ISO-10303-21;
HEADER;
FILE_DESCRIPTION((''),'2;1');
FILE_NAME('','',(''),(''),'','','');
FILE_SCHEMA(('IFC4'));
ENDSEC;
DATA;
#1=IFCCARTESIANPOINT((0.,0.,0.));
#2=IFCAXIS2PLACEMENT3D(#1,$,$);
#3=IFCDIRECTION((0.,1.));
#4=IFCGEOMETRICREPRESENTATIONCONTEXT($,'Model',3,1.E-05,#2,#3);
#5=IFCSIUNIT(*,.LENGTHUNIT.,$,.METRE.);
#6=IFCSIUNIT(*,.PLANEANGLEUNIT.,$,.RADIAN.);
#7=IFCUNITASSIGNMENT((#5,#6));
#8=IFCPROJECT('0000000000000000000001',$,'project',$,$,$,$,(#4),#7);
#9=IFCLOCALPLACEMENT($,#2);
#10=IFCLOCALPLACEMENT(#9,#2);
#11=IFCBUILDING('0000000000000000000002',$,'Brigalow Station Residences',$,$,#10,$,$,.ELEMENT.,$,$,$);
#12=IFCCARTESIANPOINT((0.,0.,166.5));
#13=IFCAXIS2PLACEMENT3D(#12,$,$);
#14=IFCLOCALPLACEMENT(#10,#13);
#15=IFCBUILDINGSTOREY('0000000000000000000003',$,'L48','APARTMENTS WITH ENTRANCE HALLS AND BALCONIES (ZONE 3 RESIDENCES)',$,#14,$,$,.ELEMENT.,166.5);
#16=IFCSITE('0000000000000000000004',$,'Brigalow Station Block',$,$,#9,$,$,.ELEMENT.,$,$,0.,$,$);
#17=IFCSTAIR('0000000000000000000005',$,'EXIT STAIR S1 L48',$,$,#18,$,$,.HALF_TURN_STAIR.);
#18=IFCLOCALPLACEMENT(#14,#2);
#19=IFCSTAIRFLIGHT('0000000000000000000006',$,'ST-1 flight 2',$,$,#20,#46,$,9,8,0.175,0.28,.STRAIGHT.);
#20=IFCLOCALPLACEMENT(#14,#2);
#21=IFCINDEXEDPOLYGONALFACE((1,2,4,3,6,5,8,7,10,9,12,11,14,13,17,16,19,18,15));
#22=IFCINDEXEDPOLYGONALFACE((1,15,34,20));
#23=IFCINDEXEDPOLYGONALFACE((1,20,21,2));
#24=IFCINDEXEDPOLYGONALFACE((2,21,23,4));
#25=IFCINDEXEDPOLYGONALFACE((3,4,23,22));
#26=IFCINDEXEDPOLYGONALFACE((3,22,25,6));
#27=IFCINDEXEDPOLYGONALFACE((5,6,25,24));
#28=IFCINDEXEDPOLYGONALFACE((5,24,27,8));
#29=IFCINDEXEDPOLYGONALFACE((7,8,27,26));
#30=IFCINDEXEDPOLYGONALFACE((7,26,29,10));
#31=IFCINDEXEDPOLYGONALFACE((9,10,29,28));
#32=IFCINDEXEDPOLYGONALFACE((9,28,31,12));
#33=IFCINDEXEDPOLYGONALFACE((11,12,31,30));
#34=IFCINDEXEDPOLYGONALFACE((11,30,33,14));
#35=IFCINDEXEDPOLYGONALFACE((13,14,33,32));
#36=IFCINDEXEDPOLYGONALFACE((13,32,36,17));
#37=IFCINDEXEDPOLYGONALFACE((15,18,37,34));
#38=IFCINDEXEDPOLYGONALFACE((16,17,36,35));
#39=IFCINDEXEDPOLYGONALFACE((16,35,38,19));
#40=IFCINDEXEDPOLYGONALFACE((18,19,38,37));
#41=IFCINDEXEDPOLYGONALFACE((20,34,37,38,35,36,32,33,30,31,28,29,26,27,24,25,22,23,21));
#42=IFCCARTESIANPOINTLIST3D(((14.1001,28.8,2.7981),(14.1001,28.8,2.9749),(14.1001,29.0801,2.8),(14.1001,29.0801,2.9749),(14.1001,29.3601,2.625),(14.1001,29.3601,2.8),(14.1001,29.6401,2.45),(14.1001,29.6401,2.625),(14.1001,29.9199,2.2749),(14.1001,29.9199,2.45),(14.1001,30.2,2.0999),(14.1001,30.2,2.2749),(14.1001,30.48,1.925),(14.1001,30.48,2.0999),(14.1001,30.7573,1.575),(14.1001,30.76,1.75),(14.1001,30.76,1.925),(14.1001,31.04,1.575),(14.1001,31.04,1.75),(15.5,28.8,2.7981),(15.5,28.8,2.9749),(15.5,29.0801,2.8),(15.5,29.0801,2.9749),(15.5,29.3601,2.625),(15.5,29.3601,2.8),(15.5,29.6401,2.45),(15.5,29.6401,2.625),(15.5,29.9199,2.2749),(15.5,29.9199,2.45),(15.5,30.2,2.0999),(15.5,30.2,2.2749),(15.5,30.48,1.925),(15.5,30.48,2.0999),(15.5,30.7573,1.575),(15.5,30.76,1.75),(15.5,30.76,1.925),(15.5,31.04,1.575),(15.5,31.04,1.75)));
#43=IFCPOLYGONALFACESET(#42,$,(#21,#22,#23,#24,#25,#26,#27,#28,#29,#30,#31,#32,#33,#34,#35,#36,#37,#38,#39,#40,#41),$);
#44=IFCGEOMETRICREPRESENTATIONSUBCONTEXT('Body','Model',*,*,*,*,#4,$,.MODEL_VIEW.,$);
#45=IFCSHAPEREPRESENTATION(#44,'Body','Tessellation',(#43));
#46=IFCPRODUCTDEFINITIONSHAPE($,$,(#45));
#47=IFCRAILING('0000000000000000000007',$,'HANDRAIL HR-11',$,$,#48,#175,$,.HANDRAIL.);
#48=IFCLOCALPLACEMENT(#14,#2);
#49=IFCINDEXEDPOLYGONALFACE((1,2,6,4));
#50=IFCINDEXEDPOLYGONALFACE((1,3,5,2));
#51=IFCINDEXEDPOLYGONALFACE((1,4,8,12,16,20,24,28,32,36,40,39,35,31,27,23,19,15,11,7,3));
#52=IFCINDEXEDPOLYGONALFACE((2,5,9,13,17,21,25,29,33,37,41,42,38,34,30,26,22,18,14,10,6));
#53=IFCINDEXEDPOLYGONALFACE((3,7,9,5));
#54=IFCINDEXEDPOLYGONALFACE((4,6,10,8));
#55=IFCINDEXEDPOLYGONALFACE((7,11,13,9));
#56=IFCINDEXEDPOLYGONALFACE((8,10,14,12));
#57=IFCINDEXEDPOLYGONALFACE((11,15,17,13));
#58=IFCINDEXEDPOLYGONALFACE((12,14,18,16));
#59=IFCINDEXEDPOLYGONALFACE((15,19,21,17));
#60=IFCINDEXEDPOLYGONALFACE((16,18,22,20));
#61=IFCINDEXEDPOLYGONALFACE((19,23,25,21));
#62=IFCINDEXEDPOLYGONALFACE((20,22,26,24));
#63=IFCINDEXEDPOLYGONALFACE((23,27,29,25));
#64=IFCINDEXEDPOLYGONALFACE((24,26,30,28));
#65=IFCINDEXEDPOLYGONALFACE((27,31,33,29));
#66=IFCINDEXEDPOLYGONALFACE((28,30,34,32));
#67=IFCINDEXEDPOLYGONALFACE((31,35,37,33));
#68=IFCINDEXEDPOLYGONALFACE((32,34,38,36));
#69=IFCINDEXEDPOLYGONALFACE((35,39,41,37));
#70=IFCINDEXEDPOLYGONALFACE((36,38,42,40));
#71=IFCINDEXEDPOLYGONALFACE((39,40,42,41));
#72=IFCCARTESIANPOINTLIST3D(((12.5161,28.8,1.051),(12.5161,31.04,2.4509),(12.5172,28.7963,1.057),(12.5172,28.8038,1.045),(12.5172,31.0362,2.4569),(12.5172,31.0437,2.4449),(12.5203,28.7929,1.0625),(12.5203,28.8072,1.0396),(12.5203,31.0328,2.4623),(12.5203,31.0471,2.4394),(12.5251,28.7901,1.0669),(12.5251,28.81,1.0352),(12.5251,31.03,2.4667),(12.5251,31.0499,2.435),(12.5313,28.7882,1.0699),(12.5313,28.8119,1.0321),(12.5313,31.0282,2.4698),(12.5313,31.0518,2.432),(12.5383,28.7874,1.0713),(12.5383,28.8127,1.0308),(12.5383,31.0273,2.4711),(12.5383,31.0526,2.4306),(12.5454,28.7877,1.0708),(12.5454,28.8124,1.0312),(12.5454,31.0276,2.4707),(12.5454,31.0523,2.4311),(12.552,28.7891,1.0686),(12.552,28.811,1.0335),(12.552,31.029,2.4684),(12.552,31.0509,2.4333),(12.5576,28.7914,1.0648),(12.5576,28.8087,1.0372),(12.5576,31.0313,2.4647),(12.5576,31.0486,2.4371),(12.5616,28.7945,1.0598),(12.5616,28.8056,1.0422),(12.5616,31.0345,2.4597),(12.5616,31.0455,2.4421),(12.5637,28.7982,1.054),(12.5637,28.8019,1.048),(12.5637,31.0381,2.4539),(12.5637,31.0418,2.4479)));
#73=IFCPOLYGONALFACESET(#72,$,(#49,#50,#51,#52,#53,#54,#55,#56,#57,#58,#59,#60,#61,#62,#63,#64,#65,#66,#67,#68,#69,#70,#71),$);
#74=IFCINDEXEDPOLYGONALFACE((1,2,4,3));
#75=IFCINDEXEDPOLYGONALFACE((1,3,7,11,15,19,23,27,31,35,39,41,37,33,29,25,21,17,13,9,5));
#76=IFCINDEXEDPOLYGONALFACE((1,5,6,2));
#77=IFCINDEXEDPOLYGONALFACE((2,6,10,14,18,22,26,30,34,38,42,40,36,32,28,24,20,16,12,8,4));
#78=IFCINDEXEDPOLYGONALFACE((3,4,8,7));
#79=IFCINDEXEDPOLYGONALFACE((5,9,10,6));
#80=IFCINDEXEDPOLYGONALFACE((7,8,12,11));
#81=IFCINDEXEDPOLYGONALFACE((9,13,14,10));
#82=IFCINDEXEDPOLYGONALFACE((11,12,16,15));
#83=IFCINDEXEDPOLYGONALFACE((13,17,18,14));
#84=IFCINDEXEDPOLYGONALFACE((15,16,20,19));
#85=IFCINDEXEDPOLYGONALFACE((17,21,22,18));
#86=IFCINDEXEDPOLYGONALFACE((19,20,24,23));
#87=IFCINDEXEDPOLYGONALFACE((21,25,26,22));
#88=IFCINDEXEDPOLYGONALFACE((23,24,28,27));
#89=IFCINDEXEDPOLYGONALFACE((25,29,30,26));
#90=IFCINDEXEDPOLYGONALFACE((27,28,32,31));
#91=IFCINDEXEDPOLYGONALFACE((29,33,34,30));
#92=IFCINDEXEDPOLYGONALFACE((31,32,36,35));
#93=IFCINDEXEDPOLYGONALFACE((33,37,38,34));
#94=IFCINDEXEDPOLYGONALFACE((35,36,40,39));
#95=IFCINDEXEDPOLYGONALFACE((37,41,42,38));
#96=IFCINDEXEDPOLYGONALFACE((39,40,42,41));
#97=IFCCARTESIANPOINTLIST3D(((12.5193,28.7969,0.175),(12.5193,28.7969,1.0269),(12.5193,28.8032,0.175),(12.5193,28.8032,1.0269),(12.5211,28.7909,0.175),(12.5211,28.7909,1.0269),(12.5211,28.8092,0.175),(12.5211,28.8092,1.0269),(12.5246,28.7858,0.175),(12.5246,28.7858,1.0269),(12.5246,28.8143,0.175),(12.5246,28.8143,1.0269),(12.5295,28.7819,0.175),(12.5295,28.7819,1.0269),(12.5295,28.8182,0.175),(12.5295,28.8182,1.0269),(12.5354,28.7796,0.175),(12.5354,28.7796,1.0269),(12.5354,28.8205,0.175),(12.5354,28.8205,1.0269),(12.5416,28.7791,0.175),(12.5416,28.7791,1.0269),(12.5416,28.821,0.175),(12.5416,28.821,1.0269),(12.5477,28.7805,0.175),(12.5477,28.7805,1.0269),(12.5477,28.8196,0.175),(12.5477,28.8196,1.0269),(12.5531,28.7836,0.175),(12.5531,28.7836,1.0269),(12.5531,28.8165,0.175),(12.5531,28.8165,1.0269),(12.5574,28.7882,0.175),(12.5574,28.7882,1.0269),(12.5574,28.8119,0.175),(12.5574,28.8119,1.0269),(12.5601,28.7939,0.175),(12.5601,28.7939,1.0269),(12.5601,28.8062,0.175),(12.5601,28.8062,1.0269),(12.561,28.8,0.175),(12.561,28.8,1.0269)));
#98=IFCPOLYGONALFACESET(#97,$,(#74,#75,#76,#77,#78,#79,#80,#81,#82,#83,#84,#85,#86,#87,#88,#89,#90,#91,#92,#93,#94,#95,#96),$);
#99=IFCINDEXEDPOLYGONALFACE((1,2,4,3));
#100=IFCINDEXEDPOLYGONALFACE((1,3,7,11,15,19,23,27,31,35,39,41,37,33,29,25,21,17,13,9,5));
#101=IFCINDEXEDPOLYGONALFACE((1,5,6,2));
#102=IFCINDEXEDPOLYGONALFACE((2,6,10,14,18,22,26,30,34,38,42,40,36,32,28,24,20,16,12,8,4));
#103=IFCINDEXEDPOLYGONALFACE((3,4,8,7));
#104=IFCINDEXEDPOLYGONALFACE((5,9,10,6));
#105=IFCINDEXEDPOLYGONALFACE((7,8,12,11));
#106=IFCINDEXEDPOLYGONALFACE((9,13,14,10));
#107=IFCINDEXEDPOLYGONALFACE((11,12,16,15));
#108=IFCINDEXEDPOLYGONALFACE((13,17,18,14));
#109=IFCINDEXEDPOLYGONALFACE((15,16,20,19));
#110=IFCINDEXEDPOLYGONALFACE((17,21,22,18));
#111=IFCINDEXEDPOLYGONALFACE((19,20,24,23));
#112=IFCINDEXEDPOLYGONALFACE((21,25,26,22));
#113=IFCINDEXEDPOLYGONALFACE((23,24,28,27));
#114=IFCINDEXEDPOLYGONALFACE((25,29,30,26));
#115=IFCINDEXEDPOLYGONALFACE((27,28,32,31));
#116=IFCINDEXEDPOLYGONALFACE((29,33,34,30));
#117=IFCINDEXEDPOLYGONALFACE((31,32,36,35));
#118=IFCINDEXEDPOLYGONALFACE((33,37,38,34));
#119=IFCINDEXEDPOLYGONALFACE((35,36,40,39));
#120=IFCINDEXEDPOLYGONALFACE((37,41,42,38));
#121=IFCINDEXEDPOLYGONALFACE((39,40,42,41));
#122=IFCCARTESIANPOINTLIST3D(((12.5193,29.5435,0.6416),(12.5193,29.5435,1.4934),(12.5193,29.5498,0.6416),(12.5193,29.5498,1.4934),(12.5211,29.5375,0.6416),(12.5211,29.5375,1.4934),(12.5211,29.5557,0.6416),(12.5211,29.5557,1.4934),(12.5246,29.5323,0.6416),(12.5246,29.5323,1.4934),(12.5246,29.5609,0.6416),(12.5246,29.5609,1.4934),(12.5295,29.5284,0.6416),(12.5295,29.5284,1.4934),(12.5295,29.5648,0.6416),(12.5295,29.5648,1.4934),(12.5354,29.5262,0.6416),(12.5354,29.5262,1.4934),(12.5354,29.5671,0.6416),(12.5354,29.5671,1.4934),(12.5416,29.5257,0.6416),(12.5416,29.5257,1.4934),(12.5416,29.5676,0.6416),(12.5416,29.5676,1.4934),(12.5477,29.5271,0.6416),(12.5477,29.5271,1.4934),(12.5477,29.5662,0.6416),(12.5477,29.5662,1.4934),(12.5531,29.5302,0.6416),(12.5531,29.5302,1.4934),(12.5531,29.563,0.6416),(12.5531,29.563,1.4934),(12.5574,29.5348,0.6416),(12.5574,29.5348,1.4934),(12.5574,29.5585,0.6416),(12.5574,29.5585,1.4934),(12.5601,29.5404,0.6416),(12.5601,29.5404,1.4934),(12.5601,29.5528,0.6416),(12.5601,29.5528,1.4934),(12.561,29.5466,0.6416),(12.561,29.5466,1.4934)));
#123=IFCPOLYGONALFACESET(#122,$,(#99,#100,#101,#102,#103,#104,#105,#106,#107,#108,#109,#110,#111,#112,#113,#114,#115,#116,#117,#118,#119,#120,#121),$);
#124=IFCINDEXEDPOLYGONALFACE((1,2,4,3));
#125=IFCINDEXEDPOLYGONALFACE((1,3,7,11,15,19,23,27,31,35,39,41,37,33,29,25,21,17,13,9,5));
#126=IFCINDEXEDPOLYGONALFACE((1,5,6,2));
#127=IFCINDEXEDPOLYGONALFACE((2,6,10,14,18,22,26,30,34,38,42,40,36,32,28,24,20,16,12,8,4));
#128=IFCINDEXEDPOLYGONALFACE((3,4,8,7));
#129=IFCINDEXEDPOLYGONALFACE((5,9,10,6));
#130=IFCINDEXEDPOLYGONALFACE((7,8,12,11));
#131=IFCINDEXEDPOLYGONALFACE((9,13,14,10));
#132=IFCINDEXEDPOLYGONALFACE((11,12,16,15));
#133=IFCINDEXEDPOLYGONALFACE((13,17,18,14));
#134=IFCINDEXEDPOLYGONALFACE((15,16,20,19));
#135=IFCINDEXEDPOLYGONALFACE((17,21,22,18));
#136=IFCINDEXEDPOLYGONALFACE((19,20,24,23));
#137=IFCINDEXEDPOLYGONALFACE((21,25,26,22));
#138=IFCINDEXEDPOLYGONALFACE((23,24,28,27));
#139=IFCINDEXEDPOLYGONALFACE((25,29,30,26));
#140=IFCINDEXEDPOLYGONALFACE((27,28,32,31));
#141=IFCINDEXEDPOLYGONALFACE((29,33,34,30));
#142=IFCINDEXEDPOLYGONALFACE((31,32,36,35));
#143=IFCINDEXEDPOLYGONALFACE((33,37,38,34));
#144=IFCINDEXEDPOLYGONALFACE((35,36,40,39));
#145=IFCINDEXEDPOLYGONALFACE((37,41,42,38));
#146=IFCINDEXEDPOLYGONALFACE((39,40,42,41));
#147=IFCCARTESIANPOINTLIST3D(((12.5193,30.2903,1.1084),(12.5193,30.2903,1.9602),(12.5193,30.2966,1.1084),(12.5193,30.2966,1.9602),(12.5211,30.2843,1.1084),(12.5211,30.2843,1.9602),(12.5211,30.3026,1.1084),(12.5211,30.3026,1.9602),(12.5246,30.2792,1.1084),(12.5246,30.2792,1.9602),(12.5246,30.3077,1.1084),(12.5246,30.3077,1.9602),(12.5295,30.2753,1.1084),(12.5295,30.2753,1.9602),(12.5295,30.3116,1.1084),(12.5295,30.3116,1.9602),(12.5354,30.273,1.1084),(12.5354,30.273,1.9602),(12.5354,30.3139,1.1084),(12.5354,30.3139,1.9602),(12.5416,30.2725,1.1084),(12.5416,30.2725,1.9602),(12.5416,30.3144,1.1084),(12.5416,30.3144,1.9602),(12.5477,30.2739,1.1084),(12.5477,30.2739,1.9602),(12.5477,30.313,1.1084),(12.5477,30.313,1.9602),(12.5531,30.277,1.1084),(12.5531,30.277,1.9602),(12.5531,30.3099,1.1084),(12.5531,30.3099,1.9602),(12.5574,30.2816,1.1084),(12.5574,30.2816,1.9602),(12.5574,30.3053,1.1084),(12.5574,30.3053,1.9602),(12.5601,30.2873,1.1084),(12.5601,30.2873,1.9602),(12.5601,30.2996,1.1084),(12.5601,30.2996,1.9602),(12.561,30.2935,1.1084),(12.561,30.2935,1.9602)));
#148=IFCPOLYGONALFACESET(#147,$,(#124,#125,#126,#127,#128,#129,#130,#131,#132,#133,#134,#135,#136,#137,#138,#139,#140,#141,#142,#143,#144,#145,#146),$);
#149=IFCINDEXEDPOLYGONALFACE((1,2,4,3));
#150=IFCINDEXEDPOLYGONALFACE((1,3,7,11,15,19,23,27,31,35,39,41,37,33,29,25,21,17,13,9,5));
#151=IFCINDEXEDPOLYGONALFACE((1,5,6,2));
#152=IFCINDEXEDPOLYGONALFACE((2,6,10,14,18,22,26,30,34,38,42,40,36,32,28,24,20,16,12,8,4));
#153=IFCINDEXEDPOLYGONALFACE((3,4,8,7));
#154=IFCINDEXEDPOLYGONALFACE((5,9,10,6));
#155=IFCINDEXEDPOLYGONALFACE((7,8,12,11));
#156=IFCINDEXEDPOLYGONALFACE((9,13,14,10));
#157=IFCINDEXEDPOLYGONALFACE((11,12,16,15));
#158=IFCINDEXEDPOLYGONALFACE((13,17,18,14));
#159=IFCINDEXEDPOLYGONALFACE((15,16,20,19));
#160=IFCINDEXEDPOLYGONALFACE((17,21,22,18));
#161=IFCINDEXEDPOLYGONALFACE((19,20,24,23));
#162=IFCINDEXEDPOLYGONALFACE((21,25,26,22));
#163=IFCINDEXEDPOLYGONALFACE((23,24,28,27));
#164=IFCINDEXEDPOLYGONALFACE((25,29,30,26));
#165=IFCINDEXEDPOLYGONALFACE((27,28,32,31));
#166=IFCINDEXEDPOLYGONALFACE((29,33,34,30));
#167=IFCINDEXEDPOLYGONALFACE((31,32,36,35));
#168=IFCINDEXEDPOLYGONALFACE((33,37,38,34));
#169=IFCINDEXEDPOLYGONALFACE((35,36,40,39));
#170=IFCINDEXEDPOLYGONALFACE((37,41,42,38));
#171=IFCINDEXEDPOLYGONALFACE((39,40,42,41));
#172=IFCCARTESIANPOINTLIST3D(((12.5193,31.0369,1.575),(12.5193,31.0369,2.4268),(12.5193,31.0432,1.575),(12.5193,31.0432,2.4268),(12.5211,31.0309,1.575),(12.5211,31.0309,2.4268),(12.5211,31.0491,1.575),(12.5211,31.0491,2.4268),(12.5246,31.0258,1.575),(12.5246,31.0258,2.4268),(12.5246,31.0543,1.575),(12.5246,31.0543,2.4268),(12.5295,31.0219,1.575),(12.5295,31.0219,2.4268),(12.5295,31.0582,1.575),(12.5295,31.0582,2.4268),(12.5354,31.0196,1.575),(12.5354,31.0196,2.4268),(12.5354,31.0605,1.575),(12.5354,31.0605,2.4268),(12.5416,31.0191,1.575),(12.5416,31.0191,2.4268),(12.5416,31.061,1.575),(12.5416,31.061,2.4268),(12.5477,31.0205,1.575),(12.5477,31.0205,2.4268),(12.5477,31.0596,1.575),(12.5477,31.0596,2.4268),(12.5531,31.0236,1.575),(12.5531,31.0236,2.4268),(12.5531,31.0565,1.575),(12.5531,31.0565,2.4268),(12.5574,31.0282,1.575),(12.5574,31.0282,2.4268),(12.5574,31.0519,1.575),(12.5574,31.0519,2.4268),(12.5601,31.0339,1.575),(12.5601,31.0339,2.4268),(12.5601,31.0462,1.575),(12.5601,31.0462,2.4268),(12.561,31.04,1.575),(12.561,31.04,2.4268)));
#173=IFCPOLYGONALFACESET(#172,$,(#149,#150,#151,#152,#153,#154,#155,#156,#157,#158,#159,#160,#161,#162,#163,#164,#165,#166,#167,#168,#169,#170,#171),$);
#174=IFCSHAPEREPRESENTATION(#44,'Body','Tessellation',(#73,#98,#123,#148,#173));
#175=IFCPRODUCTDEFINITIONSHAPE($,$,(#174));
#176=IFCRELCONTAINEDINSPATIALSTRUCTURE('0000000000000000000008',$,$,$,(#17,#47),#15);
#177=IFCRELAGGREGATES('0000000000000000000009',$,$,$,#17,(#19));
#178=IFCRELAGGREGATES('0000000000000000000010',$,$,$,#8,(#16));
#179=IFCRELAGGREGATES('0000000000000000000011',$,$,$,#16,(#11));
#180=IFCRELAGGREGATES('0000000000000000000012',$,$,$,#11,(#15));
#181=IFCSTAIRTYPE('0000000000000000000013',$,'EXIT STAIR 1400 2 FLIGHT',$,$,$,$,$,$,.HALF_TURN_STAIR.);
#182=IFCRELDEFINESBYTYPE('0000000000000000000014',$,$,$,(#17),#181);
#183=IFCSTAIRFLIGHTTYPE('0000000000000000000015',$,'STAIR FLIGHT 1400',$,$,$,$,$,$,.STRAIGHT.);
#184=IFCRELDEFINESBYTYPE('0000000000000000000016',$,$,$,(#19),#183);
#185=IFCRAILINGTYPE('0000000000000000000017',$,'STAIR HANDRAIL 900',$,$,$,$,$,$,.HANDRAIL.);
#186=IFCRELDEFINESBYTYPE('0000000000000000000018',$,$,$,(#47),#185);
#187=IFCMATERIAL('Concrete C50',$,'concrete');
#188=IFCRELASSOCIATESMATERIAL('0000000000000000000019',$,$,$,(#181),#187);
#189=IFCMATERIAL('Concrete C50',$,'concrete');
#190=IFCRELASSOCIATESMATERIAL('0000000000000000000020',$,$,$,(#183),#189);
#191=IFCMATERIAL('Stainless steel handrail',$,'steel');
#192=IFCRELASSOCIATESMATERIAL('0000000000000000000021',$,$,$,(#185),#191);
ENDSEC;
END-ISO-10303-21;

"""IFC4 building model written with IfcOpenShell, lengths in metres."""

from ifc_helpers import new_model, si_unit, direction, frame, origin, origin_2d, place, context, subcontext, project, spatial, polyline, circle, outline, extrude, material, type_object, element, aggregate, save


model = new_model("IFC4")

# Units and contexts
model_context = context("Model", 3, precision=1e-05, world=origin(), true_north=direction((0.0, 1.0)))
body_context = subcontext(model_context, "Body", "Model", "MODEL_VIEW")
ifc_project = project(units=[si_unit("LENGTHUNIT", "METRE"), si_unit("PLANEANGLEUNIT", "RADIAN")], contexts=[model_context])

# Site, building, storey
site_placement = place(None, origin())
site = spatial("IfcSite", under=ifc_project, at=site_placement, Name="Brigalow Station Block", CompositionType="ELEMENT", RefElevation=0.0)
building_placement = place(site_placement, origin())
building = spatial("IfcBuilding", under=site, at=building_placement, Name="Brigalow Station Residences", CompositionType="ELEMENT")
storey_placement = place(building_placement, frame((0.0, 0.0, 166.5)))
storey = spatial("IfcBuildingStorey", under=building, at=storey_placement, Name="L48", Description="APARTMENTS WITH ENTRANCE HALLS AND BALCONIES (ZONE 3 RESIDENCES)", CompositionType="ELEMENT", Elevation=166.5)

# Stair, stair flight
ifc_material_1 = material(Name="Concrete C50", Category="concrete")
stair_type = type_object("IfcStairType", Name="EXIT STAIR 1400 2 FLIGHT", PredefinedType="HALF_TURN_STAIR", material=ifc_material_1)
stair_placement = place(storey_placement, origin())
stair = element("IfcStair", 1, at=stair_placement, inside=storey, type_object=stair_type, Name="EXIT STAIR S1 L48", PredefinedType="HALF_TURN_STAIR")
ifc_material_2 = material(Name="Concrete C50", Category="concrete")
stair_flight_type = type_object("IfcStairFlightType", Name="STAIR FLIGHT 1400", PredefinedType="STRAIGHT", material=ifc_material_2)
stair_flight_1_placement = place(storey_placement, frame((14.8, 31.04, 1.575), z_axis=(0.0, 0.0, 1.0), x_axis=(0.0, -1.0, 0.0)))
stair_flight_1 = element("IfcStairFlight", 2, at=stair_flight_1_placement, type_object=stair_flight_type, Name="ST-1 flight 2", NumberOfRisers=9, NumberOfTreads=8, PredefinedType="STRAIGHT", RiserHeight=0.175, TreadLength=0.28, context=body_context, shape_type="SweptSolid", body=[
    extrude(outline(polyline([(0.0, 0.0), (0.0, 0.175), (0.28, 0.175), (0.28, 0.3501), (0.5601, 0.3501), (0.5601, 0.5249), (0.8401, 0.5249), (0.8401, 0.7), (1.1201, 0.7), (1.1201, 0.875), (1.3999, 0.875), (1.3999, 1.05), (1.6799, 1.05), (1.6799, 1.2251), (1.96, 1.2251), (1.96, 1.3999), (2.24, 1.3999), (2.24, 1.575), (2.24, 1.2231), (0.2827, 0.0), (0.0, 0.0)])), frame((0.0, 0.7, 0.0), z_axis=(0.0, -1.0, 0.0), x_axis=(1.0, 0.0, 0.0)), (0.0, 0.0, 1.0), 1.3999),
])
aggregate(stair, [stair_flight_1])

# Railing
ifc_material_3 = material(Name="Stainless steel handrail", Category="steel")
railing_type_1 = type_object("IfcRailingType", Name="STAIR HANDRAIL 900", PredefinedType="HANDRAIL", material=ifc_material_3)
railing_1_placement = place(storey_placement, frame((12.54, 28.8, 0.175)))
element("IfcRailing", 3, at=railing_1_placement, inside=storey, type_object=railing_type_1, Name="HANDRAIL HR-11", PredefinedType="HANDRAIL", context=body_context, shape_type="SweptSolid", body=[
    extrude(circle(Radius=0.0239, at=origin_2d()), frame((0.0, 0.0, 0.876), z_axis=(0.0, 0.848014, 0.529974), x_axis=(-1.0, 0.0, 0.0)), (0.0, 0.0, 1.0), 2.6414),
    extrude(circle(Radius=0.021, at=origin_2d()), origin(), (0.0, 0.0, 1.0), 0.8518),
    extrude(circle(Radius=0.021, at=origin_2d()), frame((0.0, 0.7466, 0.4666)), (0.0, 0.0, 1.0), 0.8518),
    extrude(circle(Radius=0.021, at=origin_2d()), frame((0.0, 1.4934, 0.9333)), (0.0, 0.0, 1.0), 0.8518),
    extrude(circle(Radius=0.021, at=origin_2d()), frame((0.0, 2.24, 1.3999)), (0.0, 0.0, 1.0), 0.8518),
])

save(model, "model.ifc")
